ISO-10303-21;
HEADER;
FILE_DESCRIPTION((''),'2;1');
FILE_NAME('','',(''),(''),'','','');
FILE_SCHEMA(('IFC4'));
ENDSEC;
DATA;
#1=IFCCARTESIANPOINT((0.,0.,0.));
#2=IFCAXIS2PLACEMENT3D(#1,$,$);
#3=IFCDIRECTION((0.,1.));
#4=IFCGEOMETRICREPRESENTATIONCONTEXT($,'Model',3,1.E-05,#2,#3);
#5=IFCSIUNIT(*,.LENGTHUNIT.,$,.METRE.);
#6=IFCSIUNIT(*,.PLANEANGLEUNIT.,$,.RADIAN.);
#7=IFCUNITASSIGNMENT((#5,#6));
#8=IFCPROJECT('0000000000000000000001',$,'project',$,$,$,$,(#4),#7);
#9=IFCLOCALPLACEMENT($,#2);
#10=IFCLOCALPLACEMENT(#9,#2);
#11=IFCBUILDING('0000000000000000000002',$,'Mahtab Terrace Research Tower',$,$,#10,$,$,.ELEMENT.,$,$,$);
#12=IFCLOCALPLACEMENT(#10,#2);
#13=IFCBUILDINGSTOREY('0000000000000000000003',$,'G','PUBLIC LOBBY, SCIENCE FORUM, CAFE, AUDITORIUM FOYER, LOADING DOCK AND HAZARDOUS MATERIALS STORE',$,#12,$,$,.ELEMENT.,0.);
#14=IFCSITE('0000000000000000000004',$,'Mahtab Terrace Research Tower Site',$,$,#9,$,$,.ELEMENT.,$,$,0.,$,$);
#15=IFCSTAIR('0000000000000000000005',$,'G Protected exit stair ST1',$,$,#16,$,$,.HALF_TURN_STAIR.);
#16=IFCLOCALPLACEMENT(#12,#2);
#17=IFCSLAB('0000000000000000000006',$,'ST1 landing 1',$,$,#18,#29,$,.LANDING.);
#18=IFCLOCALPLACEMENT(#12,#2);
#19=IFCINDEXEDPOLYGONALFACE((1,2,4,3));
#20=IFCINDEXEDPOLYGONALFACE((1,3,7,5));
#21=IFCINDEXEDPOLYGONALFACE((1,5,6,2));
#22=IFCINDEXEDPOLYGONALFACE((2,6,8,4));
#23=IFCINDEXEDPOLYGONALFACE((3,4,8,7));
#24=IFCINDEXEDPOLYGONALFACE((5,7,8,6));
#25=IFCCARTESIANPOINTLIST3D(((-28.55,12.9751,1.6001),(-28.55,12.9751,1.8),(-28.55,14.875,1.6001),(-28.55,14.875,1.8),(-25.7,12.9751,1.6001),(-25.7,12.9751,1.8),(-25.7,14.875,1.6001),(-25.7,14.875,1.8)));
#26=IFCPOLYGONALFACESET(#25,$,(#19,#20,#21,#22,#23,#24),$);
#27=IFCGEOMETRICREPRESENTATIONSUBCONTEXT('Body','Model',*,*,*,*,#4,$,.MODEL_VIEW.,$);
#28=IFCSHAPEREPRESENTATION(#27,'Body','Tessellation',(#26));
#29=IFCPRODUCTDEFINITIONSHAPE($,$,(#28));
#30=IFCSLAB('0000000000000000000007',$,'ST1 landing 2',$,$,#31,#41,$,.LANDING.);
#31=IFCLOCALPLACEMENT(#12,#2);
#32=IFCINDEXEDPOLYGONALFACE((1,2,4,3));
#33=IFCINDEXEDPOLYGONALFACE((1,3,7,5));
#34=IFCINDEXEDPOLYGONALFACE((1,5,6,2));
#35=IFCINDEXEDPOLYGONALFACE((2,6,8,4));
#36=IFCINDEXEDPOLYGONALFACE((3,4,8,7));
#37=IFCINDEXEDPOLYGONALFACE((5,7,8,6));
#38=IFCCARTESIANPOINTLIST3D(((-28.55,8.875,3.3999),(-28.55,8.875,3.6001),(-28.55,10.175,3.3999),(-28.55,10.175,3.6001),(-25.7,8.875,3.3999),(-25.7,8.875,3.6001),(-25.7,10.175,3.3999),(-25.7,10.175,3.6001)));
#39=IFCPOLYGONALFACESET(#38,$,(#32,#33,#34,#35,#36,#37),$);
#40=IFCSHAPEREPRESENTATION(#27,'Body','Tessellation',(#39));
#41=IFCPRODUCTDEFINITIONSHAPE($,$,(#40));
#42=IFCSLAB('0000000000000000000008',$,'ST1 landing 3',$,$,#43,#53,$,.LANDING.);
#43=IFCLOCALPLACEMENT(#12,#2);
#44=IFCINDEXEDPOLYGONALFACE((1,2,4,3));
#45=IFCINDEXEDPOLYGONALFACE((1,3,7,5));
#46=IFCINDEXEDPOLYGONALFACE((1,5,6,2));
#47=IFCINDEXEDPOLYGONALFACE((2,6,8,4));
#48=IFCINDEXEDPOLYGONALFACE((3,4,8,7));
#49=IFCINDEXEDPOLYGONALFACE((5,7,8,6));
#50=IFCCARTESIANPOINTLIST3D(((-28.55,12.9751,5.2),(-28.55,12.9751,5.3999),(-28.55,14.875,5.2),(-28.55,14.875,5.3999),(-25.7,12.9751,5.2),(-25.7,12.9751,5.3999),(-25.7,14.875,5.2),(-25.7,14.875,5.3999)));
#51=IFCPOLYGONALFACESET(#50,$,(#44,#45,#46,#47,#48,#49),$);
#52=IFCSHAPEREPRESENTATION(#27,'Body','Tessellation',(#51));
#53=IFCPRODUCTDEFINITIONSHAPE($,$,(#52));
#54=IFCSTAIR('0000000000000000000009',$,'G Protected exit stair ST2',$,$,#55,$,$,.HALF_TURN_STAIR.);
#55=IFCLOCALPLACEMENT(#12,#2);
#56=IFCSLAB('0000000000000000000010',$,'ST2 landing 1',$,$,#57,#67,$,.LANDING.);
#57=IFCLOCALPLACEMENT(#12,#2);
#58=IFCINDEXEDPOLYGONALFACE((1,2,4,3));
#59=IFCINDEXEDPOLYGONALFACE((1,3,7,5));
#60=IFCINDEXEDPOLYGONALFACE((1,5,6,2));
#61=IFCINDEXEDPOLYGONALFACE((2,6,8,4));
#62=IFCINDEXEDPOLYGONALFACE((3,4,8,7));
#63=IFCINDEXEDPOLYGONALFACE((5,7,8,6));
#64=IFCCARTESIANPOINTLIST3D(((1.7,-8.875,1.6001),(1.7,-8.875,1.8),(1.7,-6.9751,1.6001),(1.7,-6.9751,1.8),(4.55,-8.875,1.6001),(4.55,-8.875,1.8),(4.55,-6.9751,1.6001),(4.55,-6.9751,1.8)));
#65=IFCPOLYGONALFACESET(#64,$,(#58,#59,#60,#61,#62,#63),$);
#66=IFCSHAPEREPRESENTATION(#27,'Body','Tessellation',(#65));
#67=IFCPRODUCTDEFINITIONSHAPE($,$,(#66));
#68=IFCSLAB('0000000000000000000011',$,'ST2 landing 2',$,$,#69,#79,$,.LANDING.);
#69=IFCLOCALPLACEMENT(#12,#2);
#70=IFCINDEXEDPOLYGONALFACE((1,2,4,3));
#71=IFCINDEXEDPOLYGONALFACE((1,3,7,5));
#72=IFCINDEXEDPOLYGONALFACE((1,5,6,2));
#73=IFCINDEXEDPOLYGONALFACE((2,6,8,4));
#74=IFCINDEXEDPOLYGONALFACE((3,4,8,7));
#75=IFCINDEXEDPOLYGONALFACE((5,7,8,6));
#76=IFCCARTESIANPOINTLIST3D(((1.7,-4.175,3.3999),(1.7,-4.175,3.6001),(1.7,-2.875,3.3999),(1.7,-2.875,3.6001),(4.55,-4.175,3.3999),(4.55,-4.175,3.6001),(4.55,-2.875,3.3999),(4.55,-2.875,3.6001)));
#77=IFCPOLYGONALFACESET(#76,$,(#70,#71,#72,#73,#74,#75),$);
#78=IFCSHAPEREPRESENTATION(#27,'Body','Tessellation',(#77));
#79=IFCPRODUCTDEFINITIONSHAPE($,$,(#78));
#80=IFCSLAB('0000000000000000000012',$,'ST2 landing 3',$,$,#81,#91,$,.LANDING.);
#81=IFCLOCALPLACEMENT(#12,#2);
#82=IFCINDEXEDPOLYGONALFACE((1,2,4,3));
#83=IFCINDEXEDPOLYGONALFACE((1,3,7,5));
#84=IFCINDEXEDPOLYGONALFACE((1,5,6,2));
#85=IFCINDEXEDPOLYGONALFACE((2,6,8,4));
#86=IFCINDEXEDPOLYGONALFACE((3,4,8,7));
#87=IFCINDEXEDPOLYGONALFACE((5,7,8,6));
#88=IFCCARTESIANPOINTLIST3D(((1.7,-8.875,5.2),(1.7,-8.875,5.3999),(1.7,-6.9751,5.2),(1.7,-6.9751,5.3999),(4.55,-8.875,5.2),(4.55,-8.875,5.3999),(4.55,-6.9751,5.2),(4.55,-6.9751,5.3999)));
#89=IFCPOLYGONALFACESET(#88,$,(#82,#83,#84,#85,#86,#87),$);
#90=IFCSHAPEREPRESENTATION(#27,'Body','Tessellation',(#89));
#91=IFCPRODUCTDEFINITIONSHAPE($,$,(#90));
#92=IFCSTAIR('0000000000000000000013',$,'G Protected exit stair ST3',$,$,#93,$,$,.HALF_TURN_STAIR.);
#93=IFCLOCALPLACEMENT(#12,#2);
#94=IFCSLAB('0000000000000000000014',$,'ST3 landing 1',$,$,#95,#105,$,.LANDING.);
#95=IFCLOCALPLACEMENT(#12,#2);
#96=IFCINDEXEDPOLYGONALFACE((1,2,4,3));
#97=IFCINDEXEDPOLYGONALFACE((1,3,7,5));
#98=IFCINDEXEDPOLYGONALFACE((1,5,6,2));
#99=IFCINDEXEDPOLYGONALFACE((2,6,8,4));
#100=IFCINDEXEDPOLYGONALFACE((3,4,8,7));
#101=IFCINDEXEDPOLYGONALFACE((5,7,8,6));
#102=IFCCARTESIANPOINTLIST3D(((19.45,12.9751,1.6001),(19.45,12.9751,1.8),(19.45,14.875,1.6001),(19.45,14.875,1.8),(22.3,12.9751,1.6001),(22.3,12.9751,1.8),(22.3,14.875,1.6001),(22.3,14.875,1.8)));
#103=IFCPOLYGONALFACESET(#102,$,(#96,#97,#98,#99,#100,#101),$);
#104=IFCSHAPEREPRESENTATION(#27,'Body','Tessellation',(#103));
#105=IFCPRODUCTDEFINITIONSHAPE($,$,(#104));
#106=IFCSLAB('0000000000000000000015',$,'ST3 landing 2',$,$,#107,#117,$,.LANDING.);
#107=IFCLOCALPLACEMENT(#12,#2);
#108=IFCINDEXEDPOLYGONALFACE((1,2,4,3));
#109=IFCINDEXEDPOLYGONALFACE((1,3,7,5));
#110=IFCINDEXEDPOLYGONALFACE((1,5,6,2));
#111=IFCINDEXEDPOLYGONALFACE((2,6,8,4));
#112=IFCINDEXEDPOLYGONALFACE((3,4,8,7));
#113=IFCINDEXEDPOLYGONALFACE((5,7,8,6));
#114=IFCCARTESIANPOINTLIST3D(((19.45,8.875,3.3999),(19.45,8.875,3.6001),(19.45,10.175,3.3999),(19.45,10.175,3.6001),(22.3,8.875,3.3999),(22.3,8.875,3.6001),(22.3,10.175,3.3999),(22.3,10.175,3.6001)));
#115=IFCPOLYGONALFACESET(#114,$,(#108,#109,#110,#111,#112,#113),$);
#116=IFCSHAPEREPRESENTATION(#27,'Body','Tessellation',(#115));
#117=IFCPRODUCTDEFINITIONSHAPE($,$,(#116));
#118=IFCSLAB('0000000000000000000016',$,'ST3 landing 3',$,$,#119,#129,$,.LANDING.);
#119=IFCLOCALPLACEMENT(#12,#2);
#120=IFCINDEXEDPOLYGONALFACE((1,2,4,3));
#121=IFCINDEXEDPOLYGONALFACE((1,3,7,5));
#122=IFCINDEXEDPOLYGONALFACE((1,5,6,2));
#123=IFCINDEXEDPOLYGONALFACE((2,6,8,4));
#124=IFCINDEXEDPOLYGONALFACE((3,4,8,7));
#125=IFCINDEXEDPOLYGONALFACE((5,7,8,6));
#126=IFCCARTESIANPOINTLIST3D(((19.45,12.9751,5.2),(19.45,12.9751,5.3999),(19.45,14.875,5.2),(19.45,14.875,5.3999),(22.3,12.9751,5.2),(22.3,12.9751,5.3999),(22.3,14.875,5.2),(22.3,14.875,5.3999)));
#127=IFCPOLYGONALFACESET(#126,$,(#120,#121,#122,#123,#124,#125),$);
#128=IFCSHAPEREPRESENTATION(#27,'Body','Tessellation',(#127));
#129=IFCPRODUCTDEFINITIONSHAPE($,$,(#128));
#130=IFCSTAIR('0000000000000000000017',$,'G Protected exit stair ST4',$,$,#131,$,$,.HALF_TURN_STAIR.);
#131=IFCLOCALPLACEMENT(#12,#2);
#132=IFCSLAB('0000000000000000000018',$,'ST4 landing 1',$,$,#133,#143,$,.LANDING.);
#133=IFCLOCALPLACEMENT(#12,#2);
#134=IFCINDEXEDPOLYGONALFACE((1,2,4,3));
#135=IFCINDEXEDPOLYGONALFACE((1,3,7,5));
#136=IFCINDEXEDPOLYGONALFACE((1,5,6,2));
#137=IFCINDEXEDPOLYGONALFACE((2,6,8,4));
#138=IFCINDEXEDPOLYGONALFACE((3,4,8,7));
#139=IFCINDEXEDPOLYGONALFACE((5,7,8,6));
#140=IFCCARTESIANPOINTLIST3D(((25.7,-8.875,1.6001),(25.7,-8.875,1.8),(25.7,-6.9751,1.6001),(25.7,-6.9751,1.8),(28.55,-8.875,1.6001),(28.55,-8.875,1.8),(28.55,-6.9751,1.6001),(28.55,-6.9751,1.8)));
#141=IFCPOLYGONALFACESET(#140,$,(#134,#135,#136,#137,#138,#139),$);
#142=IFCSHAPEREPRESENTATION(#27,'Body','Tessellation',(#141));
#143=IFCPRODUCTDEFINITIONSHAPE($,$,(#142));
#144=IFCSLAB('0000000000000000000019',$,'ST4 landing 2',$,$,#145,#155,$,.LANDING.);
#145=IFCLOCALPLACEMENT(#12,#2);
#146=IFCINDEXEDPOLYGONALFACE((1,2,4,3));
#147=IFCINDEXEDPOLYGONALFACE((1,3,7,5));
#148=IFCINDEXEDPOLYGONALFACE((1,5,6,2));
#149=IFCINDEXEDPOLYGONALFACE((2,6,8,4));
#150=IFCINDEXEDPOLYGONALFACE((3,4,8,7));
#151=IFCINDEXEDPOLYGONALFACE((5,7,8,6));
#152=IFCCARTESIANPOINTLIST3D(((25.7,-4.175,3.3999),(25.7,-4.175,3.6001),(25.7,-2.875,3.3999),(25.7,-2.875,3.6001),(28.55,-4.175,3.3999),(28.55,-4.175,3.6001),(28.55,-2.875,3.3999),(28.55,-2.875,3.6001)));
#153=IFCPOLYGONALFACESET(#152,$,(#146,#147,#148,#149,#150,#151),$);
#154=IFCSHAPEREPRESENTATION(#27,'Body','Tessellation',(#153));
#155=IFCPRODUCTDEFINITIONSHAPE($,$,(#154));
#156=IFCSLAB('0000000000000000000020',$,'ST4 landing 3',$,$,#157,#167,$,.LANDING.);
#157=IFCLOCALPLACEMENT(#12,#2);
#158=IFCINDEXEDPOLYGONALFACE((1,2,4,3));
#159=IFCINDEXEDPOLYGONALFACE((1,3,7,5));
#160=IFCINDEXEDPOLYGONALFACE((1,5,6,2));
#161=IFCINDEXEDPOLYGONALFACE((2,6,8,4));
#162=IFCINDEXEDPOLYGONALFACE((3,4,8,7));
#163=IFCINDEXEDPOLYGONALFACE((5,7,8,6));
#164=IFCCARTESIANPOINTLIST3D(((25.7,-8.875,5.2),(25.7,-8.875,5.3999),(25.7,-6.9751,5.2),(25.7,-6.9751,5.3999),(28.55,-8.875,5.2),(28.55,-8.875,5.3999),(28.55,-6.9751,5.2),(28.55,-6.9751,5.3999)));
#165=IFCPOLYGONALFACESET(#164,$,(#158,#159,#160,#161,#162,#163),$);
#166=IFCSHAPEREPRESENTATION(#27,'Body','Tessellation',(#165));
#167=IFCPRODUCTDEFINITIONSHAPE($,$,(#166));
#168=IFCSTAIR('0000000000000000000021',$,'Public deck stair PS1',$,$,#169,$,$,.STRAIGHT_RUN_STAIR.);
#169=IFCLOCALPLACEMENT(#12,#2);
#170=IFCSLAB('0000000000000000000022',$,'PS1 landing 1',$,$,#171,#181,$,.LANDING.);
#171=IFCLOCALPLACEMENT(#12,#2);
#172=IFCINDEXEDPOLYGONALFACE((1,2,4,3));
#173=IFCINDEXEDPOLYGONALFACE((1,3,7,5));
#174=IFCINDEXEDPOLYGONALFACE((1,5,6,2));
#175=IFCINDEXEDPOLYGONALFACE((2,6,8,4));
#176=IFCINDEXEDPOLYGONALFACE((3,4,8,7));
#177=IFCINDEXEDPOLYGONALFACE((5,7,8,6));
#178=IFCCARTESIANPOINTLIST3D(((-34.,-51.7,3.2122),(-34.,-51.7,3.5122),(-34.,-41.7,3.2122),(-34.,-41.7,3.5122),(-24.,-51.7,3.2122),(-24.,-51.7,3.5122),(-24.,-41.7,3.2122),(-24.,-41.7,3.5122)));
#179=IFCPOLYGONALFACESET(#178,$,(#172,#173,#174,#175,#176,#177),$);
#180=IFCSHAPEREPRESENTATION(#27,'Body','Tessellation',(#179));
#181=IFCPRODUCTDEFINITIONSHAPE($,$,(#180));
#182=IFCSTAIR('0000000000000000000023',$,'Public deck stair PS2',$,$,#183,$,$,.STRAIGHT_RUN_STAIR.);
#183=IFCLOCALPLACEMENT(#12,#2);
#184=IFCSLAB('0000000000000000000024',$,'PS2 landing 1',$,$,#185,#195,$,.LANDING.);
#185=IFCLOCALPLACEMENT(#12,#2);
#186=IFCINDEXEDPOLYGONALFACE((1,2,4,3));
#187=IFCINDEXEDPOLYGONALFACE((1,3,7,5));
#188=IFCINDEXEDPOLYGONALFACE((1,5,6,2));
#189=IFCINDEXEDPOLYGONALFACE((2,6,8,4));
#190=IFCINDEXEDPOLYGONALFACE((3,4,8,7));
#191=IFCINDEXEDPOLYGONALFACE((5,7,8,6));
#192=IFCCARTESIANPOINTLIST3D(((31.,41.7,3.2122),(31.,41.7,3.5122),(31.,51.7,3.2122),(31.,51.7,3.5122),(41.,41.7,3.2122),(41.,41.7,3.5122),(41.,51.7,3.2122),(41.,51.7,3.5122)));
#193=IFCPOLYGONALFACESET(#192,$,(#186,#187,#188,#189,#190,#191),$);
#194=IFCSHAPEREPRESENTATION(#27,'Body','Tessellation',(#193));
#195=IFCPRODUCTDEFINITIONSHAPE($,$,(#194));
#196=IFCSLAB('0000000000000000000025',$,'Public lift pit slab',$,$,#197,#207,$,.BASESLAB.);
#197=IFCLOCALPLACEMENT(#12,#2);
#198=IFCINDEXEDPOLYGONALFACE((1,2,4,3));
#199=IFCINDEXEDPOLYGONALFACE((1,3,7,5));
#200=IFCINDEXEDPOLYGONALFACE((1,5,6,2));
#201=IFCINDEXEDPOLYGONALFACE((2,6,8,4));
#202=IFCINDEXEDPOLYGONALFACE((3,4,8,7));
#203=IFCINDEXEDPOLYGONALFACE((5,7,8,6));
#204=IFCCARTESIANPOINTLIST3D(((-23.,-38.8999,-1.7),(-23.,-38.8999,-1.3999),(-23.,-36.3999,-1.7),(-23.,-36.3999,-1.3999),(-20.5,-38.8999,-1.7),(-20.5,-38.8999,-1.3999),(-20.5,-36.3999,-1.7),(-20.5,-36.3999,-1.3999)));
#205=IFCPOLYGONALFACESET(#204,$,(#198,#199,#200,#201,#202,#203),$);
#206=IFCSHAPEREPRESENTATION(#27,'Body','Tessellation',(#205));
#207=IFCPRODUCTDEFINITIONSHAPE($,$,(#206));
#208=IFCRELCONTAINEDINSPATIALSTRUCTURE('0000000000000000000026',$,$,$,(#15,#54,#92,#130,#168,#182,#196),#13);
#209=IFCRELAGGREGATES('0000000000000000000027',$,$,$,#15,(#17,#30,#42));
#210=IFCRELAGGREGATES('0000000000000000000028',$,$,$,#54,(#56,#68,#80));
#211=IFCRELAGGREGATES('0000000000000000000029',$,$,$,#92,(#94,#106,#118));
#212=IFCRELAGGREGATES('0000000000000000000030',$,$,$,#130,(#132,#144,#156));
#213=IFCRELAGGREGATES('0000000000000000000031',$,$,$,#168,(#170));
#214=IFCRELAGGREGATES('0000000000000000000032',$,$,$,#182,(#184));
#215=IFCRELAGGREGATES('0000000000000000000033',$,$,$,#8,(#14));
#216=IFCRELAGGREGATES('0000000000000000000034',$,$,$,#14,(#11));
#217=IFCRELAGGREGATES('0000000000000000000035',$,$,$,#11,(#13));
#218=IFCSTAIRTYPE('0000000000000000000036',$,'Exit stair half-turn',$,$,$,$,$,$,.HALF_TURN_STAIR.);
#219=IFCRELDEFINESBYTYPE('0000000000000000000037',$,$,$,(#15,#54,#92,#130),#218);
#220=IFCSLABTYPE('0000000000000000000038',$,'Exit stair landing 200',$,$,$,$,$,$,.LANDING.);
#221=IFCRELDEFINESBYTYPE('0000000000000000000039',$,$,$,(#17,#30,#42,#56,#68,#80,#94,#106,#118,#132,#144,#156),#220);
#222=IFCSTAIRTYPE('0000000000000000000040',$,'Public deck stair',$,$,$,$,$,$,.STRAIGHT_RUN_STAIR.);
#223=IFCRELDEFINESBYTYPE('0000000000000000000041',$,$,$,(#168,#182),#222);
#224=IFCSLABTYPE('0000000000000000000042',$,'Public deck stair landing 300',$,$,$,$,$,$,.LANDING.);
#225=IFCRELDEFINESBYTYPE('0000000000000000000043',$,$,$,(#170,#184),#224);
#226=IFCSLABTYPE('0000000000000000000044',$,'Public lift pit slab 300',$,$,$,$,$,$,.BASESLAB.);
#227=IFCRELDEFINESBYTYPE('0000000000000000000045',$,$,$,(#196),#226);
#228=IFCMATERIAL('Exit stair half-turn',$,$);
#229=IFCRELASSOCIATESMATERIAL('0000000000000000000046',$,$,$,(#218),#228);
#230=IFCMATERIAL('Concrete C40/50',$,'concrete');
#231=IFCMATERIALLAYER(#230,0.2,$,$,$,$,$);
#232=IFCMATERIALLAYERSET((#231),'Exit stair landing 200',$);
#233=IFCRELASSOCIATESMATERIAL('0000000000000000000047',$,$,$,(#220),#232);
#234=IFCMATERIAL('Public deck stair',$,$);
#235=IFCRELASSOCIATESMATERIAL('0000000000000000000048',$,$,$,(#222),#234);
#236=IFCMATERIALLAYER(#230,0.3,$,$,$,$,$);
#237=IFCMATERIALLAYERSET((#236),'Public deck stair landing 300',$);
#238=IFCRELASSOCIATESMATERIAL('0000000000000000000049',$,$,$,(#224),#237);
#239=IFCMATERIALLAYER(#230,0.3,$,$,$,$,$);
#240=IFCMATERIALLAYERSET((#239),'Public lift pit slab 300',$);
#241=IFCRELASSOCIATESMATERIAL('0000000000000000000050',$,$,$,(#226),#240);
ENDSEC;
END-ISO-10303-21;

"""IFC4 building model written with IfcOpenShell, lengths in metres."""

from ifc_helpers import new_model, si_unit, direction, frame, origin, place, context, subcontext, project, spatial, polyline, outline, extrude, material, layer, layer_set, type_object, element, aggregate, save


model = new_model("IFC4")

# Units and contexts
model_context = context("Model", 3, precision=1e-05, world=origin(), true_north=direction((0.0, 1.0)))
body_context = subcontext(model_context, "Body", "Model", "MODEL_VIEW")
ifc_project = project(units=[si_unit("LENGTHUNIT", "METRE"), si_unit("PLANEANGLEUNIT", "RADIAN")], contexts=[model_context])

# Site, building, storey
site_placement = place(None, origin())
site = spatial("IfcSite", under=ifc_project, at=site_placement, Name="Mahtab Terrace Research Tower Site", CompositionType="ELEMENT", RefElevation=0.0)
building_placement = place(site_placement, origin())
building = spatial("IfcBuilding", under=site, at=building_placement, Name="Mahtab Terrace Research Tower", CompositionType="ELEMENT")
storey_placement = place(building_placement, origin())
storey = spatial("IfcBuildingStorey", under=building, at=storey_placement, Name="G", Description="PUBLIC LOBBY, SCIENCE FORUM, CAFE, AUDITORIUM FOYER, LOADING DOCK AND HAZARDOUS MATERIALS STORE", CompositionType="ELEMENT", Elevation=0.0)

# Stairs, slabs
ifc_material_1 = material(Name="Exit stair half-turn")
stair_type_1 = type_object("IfcStairType", Name="Exit stair half-turn", PredefinedType="HALF_TURN_STAIR", material=ifc_material_1)
stair_1_placement = place(storey_placement, origin())
stair_1 = element("IfcStair", 1, at=stair_1_placement, inside=storey, type_object=stair_type_1, Name="G Protected exit stair ST1", PredefinedType="HALF_TURN_STAIR")
ifc_material_2 = material(Name="Concrete C40/50", Category="concrete")
ifc_layer_1 = layer(ifc_material_2, 0.2)
ifc_layer_set_1 = layer_set([ifc_layer_1], Name="Exit stair landing 200")
slab_type_1 = type_object("IfcSlabType", Name="Exit stair landing 200", PredefinedType="LANDING", material=ifc_layer_set_1)
slab_1_placement = place(storey_placement, frame((0.0, 0.0, 1.6001)))
slab_1 = element("IfcSlab", 2, at=slab_1_placement, type_object=slab_type_1, Name="ST1 landing 1", PredefinedType="LANDING", context=body_context, shape_type="SweptSolid", body=[
    extrude(outline(polyline([(-25.7, 12.9751), (-25.7, 14.875), (-28.55, 14.875), (-28.55, 12.9751), (-25.7, 12.9751)])), origin(), (0.0, 0.0, 1.0), 0.2),
])
slab_2_placement = place(storey_placement, frame((0.0, 0.0, 3.3999)))
slab_2 = element("IfcSlab", 3, at=slab_2_placement, type_object=slab_type_1, Name="ST1 landing 2", PredefinedType="LANDING", context=body_context, shape_type="SweptSolid", body=[
    extrude(outline(polyline([(-25.7, 8.875), (-25.7, 10.175), (-28.55, 10.175), (-28.55, 8.875), (-25.7, 8.875)])), origin(), (0.0, 0.0, 1.0), 0.2002),
])
slab_3_placement = place(storey_placement, frame((0.0, 0.0, 5.2)))
slab_3 = element("IfcSlab", 4, at=slab_3_placement, type_object=slab_type_1, Name="ST1 landing 3", PredefinedType="LANDING", context=body_context, shape_type="SweptSolid", body=[
    extrude(outline(polyline([(-25.7, 12.9751), (-25.7, 14.875), (-28.55, 14.875), (-28.55, 12.9751), (-25.7, 12.9751)])), origin(), (0.0, 0.0, 1.0), 0.2),
])
aggregate(stair_1, [slab_1, slab_2, slab_3])
stair_2_placement = place(storey_placement, origin())
stair_2 = element("IfcStair", 5, at=stair_2_placement, inside=storey, type_object=stair_type_1, Name="G Protected exit stair ST2", PredefinedType="HALF_TURN_STAIR")
slab_4_placement = place(storey_placement, frame((0.0, 0.0, 1.6001)))
slab_4 = element("IfcSlab", 6, at=slab_4_placement, type_object=slab_type_1, Name="ST2 landing 1", PredefinedType="LANDING", context=body_context, shape_type="SweptSolid", body=[
    extrude(outline(polyline([(1.7, -6.9751), (1.7, -8.875), (4.55, -8.875), (4.55, -6.9751), (1.7, -6.9751)])), origin(), (0.0, 0.0, 1.0), 0.2),
])
slab_5_placement = place(storey_placement, frame((0.0, 0.0, 3.3999)))
slab_5 = element("IfcSlab", 7, at=slab_5_placement, type_object=slab_type_1, Name="ST2 landing 2", PredefinedType="LANDING", context=body_context, shape_type="SweptSolid", body=[
    extrude(outline(polyline([(1.7, -2.875), (1.7, -4.175), (4.55, -4.175), (4.55, -2.875), (1.7, -2.875)])), origin(), (0.0, 0.0, 1.0), 0.2002),
])
slab_6_placement = place(storey_placement, frame((0.0, 0.0, 5.2)))
slab_6 = element("IfcSlab", 8, at=slab_6_placement, type_object=slab_type_1, Name="ST2 landing 3", PredefinedType="LANDING", context=body_context, shape_type="SweptSolid", body=[
    extrude(outline(polyline([(1.7, -6.9751), (1.7, -8.875), (4.55, -8.875), (4.55, -6.9751), (1.7, -6.9751)])), origin(), (0.0, 0.0, 1.0), 0.2),
])
aggregate(stair_2, [slab_4, slab_5, slab_6])
stair_3_placement = place(storey_placement, origin())
stair_3 = element("IfcStair", 9, at=stair_3_placement, inside=storey, type_object=stair_type_1, Name="G Protected exit stair ST3", PredefinedType="HALF_TURN_STAIR")
slab_7_placement = place(storey_placement, frame((0.0, 0.0, 1.6001)))
slab_7 = element("IfcSlab", 10, at=slab_7_placement, type_object=slab_type_1, Name="ST3 landing 1", PredefinedType="LANDING", context=body_context, shape_type="SweptSolid", body=[
    extrude(outline(polyline([(22.3, 12.9751), (22.3, 14.875), (19.45, 14.875), (19.45, 12.9751), (22.3, 12.9751)])), origin(), (0.0, 0.0, 1.0), 0.2),
])
slab_8_placement = place(storey_placement, frame((0.0, 0.0, 3.3999)))
slab_8 = element("IfcSlab", 11, at=slab_8_placement, type_object=slab_type_1, Name="ST3 landing 2", PredefinedType="LANDING", context=body_context, shape_type="SweptSolid", body=[
    extrude(outline(polyline([(22.3, 8.875), (22.3, 10.175), (19.45, 10.175), (19.45, 8.875), (22.3, 8.875)])), origin(), (0.0, 0.0, 1.0), 0.2002),
])
slab_9_placement = place(storey_placement, frame((0.0, 0.0, 5.2)))
slab_9 = element("IfcSlab", 12, at=slab_9_placement, type_object=slab_type_1, Name="ST3 landing 3", PredefinedType="LANDING", context=body_context, shape_type="SweptSolid", body=[
    extrude(outline(polyline([(22.3, 12.9751), (22.3, 14.875), (19.45, 14.875), (19.45, 12.9751), (22.3, 12.9751)])), origin(), (0.0, 0.0, 1.0), 0.2),
])
aggregate(stair_3, [slab_7, slab_8, slab_9])
stair_4_placement = place(storey_placement, origin())
stair_4 = element("IfcStair", 13, at=stair_4_placement, inside=storey, type_object=stair_type_1, Name="G Protected exit stair ST4", PredefinedType="HALF_TURN_STAIR")
slab_10_placement = place(storey_placement, frame((0.0, 0.0, 1.6001)))
slab_10 = element("IfcSlab", 14, at=slab_10_placement, type_object=slab_type_1, Name="ST4 landing 1", PredefinedType="LANDING", context=body_context, shape_type="SweptSolid", body=[
    extrude(outline(polyline([(25.7, -6.9751), (25.7, -8.875), (28.55, -8.875), (28.55, -6.9751), (25.7, -6.9751)])), origin(), (0.0, 0.0, 1.0), 0.2),
])
slab_11_placement = place(storey_placement, frame((0.0, 0.0, 3.3999)))
slab_11 = element("IfcSlab", 15, at=slab_11_placement, type_object=slab_type_1, Name="ST4 landing 2", PredefinedType="LANDING", context=body_context, shape_type="SweptSolid", body=[
    extrude(outline(polyline([(25.7, -2.875), (25.7, -4.175), (28.55, -4.175), (28.55, -2.875), (25.7, -2.875)])), origin(), (0.0, 0.0, 1.0), 0.2002),
])
slab_12_placement = place(storey_placement, frame((0.0, 0.0, 5.2)))
slab_12 = element("IfcSlab", 16, at=slab_12_placement, type_object=slab_type_1, Name="ST4 landing 3", PredefinedType="LANDING", context=body_context, shape_type="SweptSolid", body=[
    extrude(outline(polyline([(25.7, -6.9751), (25.7, -8.875), (28.55, -8.875), (28.55, -6.9751), (25.7, -6.9751)])), origin(), (0.0, 0.0, 1.0), 0.2),
])
aggregate(stair_4, [slab_10, slab_11, slab_12])

# Stairs, slabs
ifc_material_3 = material(Name="Public deck stair")
stair_type_2 = type_object("IfcStairType", Name="Public deck stair", PredefinedType="STRAIGHT_RUN_STAIR", material=ifc_material_3)
stair_5_placement = place(storey_placement, origin())
stair_5 = element("IfcStair", 17, at=stair_5_placement, inside=storey, type_object=stair_type_2, Name="Public deck stair PS1", PredefinedType="STRAIGHT_RUN_STAIR")
ifc_layer_2 = layer(ifc_material_2, 0.3)
ifc_layer_set_2 = layer_set([ifc_layer_2], Name="Public deck stair landing 300")
slab_type_2 = type_object("IfcSlabType", Name="Public deck stair landing 300", PredefinedType="LANDING", material=ifc_layer_set_2)
slab_13_placement = place(storey_placement, frame((0.0, 0.0, 3.2122)))
slab_13 = element("IfcSlab", 18, at=slab_13_placement, type_object=slab_type_2, Name="PS1 landing 1", PredefinedType="LANDING", context=body_context, shape_type="SweptSolid", body=[
    extrude(outline(polyline([(-34.0, -51.7), (-24.0, -51.7), (-24.0, -41.7), (-34.0, -41.7), (-34.0, -51.7)])), origin(), (0.0, 0.0, 1.0), 0.3),
])
aggregate(stair_5, [slab_13])
stair_6_placement = place(storey_placement, origin())
stair_6 = element("IfcStair", 19, at=stair_6_placement, inside=storey, type_object=stair_type_2, Name="Public deck stair PS2", PredefinedType="STRAIGHT_RUN_STAIR")
slab_14_placement = place(storey_placement, frame((0.0, 0.0, 3.2122)))
slab_14 = element("IfcSlab", 20, at=slab_14_placement, type_object=slab_type_2, Name="PS2 landing 1", PredefinedType="LANDING", context=body_context, shape_type="SweptSolid", body=[
    extrude(outline(polyline([(31.0, 41.7), (41.0, 41.7), (41.0, 51.7), (31.0, 51.7), (31.0, 41.7)])), origin(), (0.0, 0.0, 1.0), 0.3),
])
aggregate(stair_6, [slab_14])

# Slab
ifc_layer_3 = layer(ifc_material_2, 0.3)
ifc_layer_set_3 = layer_set([ifc_layer_3], Name="Public lift pit slab 300")
slab_type_3 = type_object("IfcSlabType", Name="Public lift pit slab 300", PredefinedType="BASESLAB", material=ifc_layer_set_3)
slab_15_placement = place(storey_placement, frame((0.0, 0.0, -1.7)))
element("IfcSlab", 21, at=slab_15_placement, inside=storey, type_object=slab_type_3, Name="Public lift pit slab", PredefinedType="BASESLAB", context=body_context, shape_type="SweptSolid", body=[
    extrude(outline(polyline([(-23.0, -38.8999), (-20.5, -38.8999), (-20.5, -36.3999), (-23.0, -36.3999), (-23.0, -38.8999)])), origin(), (0.0, 0.0, 1.0), 0.3),
])

save(model, "model.ifc")
